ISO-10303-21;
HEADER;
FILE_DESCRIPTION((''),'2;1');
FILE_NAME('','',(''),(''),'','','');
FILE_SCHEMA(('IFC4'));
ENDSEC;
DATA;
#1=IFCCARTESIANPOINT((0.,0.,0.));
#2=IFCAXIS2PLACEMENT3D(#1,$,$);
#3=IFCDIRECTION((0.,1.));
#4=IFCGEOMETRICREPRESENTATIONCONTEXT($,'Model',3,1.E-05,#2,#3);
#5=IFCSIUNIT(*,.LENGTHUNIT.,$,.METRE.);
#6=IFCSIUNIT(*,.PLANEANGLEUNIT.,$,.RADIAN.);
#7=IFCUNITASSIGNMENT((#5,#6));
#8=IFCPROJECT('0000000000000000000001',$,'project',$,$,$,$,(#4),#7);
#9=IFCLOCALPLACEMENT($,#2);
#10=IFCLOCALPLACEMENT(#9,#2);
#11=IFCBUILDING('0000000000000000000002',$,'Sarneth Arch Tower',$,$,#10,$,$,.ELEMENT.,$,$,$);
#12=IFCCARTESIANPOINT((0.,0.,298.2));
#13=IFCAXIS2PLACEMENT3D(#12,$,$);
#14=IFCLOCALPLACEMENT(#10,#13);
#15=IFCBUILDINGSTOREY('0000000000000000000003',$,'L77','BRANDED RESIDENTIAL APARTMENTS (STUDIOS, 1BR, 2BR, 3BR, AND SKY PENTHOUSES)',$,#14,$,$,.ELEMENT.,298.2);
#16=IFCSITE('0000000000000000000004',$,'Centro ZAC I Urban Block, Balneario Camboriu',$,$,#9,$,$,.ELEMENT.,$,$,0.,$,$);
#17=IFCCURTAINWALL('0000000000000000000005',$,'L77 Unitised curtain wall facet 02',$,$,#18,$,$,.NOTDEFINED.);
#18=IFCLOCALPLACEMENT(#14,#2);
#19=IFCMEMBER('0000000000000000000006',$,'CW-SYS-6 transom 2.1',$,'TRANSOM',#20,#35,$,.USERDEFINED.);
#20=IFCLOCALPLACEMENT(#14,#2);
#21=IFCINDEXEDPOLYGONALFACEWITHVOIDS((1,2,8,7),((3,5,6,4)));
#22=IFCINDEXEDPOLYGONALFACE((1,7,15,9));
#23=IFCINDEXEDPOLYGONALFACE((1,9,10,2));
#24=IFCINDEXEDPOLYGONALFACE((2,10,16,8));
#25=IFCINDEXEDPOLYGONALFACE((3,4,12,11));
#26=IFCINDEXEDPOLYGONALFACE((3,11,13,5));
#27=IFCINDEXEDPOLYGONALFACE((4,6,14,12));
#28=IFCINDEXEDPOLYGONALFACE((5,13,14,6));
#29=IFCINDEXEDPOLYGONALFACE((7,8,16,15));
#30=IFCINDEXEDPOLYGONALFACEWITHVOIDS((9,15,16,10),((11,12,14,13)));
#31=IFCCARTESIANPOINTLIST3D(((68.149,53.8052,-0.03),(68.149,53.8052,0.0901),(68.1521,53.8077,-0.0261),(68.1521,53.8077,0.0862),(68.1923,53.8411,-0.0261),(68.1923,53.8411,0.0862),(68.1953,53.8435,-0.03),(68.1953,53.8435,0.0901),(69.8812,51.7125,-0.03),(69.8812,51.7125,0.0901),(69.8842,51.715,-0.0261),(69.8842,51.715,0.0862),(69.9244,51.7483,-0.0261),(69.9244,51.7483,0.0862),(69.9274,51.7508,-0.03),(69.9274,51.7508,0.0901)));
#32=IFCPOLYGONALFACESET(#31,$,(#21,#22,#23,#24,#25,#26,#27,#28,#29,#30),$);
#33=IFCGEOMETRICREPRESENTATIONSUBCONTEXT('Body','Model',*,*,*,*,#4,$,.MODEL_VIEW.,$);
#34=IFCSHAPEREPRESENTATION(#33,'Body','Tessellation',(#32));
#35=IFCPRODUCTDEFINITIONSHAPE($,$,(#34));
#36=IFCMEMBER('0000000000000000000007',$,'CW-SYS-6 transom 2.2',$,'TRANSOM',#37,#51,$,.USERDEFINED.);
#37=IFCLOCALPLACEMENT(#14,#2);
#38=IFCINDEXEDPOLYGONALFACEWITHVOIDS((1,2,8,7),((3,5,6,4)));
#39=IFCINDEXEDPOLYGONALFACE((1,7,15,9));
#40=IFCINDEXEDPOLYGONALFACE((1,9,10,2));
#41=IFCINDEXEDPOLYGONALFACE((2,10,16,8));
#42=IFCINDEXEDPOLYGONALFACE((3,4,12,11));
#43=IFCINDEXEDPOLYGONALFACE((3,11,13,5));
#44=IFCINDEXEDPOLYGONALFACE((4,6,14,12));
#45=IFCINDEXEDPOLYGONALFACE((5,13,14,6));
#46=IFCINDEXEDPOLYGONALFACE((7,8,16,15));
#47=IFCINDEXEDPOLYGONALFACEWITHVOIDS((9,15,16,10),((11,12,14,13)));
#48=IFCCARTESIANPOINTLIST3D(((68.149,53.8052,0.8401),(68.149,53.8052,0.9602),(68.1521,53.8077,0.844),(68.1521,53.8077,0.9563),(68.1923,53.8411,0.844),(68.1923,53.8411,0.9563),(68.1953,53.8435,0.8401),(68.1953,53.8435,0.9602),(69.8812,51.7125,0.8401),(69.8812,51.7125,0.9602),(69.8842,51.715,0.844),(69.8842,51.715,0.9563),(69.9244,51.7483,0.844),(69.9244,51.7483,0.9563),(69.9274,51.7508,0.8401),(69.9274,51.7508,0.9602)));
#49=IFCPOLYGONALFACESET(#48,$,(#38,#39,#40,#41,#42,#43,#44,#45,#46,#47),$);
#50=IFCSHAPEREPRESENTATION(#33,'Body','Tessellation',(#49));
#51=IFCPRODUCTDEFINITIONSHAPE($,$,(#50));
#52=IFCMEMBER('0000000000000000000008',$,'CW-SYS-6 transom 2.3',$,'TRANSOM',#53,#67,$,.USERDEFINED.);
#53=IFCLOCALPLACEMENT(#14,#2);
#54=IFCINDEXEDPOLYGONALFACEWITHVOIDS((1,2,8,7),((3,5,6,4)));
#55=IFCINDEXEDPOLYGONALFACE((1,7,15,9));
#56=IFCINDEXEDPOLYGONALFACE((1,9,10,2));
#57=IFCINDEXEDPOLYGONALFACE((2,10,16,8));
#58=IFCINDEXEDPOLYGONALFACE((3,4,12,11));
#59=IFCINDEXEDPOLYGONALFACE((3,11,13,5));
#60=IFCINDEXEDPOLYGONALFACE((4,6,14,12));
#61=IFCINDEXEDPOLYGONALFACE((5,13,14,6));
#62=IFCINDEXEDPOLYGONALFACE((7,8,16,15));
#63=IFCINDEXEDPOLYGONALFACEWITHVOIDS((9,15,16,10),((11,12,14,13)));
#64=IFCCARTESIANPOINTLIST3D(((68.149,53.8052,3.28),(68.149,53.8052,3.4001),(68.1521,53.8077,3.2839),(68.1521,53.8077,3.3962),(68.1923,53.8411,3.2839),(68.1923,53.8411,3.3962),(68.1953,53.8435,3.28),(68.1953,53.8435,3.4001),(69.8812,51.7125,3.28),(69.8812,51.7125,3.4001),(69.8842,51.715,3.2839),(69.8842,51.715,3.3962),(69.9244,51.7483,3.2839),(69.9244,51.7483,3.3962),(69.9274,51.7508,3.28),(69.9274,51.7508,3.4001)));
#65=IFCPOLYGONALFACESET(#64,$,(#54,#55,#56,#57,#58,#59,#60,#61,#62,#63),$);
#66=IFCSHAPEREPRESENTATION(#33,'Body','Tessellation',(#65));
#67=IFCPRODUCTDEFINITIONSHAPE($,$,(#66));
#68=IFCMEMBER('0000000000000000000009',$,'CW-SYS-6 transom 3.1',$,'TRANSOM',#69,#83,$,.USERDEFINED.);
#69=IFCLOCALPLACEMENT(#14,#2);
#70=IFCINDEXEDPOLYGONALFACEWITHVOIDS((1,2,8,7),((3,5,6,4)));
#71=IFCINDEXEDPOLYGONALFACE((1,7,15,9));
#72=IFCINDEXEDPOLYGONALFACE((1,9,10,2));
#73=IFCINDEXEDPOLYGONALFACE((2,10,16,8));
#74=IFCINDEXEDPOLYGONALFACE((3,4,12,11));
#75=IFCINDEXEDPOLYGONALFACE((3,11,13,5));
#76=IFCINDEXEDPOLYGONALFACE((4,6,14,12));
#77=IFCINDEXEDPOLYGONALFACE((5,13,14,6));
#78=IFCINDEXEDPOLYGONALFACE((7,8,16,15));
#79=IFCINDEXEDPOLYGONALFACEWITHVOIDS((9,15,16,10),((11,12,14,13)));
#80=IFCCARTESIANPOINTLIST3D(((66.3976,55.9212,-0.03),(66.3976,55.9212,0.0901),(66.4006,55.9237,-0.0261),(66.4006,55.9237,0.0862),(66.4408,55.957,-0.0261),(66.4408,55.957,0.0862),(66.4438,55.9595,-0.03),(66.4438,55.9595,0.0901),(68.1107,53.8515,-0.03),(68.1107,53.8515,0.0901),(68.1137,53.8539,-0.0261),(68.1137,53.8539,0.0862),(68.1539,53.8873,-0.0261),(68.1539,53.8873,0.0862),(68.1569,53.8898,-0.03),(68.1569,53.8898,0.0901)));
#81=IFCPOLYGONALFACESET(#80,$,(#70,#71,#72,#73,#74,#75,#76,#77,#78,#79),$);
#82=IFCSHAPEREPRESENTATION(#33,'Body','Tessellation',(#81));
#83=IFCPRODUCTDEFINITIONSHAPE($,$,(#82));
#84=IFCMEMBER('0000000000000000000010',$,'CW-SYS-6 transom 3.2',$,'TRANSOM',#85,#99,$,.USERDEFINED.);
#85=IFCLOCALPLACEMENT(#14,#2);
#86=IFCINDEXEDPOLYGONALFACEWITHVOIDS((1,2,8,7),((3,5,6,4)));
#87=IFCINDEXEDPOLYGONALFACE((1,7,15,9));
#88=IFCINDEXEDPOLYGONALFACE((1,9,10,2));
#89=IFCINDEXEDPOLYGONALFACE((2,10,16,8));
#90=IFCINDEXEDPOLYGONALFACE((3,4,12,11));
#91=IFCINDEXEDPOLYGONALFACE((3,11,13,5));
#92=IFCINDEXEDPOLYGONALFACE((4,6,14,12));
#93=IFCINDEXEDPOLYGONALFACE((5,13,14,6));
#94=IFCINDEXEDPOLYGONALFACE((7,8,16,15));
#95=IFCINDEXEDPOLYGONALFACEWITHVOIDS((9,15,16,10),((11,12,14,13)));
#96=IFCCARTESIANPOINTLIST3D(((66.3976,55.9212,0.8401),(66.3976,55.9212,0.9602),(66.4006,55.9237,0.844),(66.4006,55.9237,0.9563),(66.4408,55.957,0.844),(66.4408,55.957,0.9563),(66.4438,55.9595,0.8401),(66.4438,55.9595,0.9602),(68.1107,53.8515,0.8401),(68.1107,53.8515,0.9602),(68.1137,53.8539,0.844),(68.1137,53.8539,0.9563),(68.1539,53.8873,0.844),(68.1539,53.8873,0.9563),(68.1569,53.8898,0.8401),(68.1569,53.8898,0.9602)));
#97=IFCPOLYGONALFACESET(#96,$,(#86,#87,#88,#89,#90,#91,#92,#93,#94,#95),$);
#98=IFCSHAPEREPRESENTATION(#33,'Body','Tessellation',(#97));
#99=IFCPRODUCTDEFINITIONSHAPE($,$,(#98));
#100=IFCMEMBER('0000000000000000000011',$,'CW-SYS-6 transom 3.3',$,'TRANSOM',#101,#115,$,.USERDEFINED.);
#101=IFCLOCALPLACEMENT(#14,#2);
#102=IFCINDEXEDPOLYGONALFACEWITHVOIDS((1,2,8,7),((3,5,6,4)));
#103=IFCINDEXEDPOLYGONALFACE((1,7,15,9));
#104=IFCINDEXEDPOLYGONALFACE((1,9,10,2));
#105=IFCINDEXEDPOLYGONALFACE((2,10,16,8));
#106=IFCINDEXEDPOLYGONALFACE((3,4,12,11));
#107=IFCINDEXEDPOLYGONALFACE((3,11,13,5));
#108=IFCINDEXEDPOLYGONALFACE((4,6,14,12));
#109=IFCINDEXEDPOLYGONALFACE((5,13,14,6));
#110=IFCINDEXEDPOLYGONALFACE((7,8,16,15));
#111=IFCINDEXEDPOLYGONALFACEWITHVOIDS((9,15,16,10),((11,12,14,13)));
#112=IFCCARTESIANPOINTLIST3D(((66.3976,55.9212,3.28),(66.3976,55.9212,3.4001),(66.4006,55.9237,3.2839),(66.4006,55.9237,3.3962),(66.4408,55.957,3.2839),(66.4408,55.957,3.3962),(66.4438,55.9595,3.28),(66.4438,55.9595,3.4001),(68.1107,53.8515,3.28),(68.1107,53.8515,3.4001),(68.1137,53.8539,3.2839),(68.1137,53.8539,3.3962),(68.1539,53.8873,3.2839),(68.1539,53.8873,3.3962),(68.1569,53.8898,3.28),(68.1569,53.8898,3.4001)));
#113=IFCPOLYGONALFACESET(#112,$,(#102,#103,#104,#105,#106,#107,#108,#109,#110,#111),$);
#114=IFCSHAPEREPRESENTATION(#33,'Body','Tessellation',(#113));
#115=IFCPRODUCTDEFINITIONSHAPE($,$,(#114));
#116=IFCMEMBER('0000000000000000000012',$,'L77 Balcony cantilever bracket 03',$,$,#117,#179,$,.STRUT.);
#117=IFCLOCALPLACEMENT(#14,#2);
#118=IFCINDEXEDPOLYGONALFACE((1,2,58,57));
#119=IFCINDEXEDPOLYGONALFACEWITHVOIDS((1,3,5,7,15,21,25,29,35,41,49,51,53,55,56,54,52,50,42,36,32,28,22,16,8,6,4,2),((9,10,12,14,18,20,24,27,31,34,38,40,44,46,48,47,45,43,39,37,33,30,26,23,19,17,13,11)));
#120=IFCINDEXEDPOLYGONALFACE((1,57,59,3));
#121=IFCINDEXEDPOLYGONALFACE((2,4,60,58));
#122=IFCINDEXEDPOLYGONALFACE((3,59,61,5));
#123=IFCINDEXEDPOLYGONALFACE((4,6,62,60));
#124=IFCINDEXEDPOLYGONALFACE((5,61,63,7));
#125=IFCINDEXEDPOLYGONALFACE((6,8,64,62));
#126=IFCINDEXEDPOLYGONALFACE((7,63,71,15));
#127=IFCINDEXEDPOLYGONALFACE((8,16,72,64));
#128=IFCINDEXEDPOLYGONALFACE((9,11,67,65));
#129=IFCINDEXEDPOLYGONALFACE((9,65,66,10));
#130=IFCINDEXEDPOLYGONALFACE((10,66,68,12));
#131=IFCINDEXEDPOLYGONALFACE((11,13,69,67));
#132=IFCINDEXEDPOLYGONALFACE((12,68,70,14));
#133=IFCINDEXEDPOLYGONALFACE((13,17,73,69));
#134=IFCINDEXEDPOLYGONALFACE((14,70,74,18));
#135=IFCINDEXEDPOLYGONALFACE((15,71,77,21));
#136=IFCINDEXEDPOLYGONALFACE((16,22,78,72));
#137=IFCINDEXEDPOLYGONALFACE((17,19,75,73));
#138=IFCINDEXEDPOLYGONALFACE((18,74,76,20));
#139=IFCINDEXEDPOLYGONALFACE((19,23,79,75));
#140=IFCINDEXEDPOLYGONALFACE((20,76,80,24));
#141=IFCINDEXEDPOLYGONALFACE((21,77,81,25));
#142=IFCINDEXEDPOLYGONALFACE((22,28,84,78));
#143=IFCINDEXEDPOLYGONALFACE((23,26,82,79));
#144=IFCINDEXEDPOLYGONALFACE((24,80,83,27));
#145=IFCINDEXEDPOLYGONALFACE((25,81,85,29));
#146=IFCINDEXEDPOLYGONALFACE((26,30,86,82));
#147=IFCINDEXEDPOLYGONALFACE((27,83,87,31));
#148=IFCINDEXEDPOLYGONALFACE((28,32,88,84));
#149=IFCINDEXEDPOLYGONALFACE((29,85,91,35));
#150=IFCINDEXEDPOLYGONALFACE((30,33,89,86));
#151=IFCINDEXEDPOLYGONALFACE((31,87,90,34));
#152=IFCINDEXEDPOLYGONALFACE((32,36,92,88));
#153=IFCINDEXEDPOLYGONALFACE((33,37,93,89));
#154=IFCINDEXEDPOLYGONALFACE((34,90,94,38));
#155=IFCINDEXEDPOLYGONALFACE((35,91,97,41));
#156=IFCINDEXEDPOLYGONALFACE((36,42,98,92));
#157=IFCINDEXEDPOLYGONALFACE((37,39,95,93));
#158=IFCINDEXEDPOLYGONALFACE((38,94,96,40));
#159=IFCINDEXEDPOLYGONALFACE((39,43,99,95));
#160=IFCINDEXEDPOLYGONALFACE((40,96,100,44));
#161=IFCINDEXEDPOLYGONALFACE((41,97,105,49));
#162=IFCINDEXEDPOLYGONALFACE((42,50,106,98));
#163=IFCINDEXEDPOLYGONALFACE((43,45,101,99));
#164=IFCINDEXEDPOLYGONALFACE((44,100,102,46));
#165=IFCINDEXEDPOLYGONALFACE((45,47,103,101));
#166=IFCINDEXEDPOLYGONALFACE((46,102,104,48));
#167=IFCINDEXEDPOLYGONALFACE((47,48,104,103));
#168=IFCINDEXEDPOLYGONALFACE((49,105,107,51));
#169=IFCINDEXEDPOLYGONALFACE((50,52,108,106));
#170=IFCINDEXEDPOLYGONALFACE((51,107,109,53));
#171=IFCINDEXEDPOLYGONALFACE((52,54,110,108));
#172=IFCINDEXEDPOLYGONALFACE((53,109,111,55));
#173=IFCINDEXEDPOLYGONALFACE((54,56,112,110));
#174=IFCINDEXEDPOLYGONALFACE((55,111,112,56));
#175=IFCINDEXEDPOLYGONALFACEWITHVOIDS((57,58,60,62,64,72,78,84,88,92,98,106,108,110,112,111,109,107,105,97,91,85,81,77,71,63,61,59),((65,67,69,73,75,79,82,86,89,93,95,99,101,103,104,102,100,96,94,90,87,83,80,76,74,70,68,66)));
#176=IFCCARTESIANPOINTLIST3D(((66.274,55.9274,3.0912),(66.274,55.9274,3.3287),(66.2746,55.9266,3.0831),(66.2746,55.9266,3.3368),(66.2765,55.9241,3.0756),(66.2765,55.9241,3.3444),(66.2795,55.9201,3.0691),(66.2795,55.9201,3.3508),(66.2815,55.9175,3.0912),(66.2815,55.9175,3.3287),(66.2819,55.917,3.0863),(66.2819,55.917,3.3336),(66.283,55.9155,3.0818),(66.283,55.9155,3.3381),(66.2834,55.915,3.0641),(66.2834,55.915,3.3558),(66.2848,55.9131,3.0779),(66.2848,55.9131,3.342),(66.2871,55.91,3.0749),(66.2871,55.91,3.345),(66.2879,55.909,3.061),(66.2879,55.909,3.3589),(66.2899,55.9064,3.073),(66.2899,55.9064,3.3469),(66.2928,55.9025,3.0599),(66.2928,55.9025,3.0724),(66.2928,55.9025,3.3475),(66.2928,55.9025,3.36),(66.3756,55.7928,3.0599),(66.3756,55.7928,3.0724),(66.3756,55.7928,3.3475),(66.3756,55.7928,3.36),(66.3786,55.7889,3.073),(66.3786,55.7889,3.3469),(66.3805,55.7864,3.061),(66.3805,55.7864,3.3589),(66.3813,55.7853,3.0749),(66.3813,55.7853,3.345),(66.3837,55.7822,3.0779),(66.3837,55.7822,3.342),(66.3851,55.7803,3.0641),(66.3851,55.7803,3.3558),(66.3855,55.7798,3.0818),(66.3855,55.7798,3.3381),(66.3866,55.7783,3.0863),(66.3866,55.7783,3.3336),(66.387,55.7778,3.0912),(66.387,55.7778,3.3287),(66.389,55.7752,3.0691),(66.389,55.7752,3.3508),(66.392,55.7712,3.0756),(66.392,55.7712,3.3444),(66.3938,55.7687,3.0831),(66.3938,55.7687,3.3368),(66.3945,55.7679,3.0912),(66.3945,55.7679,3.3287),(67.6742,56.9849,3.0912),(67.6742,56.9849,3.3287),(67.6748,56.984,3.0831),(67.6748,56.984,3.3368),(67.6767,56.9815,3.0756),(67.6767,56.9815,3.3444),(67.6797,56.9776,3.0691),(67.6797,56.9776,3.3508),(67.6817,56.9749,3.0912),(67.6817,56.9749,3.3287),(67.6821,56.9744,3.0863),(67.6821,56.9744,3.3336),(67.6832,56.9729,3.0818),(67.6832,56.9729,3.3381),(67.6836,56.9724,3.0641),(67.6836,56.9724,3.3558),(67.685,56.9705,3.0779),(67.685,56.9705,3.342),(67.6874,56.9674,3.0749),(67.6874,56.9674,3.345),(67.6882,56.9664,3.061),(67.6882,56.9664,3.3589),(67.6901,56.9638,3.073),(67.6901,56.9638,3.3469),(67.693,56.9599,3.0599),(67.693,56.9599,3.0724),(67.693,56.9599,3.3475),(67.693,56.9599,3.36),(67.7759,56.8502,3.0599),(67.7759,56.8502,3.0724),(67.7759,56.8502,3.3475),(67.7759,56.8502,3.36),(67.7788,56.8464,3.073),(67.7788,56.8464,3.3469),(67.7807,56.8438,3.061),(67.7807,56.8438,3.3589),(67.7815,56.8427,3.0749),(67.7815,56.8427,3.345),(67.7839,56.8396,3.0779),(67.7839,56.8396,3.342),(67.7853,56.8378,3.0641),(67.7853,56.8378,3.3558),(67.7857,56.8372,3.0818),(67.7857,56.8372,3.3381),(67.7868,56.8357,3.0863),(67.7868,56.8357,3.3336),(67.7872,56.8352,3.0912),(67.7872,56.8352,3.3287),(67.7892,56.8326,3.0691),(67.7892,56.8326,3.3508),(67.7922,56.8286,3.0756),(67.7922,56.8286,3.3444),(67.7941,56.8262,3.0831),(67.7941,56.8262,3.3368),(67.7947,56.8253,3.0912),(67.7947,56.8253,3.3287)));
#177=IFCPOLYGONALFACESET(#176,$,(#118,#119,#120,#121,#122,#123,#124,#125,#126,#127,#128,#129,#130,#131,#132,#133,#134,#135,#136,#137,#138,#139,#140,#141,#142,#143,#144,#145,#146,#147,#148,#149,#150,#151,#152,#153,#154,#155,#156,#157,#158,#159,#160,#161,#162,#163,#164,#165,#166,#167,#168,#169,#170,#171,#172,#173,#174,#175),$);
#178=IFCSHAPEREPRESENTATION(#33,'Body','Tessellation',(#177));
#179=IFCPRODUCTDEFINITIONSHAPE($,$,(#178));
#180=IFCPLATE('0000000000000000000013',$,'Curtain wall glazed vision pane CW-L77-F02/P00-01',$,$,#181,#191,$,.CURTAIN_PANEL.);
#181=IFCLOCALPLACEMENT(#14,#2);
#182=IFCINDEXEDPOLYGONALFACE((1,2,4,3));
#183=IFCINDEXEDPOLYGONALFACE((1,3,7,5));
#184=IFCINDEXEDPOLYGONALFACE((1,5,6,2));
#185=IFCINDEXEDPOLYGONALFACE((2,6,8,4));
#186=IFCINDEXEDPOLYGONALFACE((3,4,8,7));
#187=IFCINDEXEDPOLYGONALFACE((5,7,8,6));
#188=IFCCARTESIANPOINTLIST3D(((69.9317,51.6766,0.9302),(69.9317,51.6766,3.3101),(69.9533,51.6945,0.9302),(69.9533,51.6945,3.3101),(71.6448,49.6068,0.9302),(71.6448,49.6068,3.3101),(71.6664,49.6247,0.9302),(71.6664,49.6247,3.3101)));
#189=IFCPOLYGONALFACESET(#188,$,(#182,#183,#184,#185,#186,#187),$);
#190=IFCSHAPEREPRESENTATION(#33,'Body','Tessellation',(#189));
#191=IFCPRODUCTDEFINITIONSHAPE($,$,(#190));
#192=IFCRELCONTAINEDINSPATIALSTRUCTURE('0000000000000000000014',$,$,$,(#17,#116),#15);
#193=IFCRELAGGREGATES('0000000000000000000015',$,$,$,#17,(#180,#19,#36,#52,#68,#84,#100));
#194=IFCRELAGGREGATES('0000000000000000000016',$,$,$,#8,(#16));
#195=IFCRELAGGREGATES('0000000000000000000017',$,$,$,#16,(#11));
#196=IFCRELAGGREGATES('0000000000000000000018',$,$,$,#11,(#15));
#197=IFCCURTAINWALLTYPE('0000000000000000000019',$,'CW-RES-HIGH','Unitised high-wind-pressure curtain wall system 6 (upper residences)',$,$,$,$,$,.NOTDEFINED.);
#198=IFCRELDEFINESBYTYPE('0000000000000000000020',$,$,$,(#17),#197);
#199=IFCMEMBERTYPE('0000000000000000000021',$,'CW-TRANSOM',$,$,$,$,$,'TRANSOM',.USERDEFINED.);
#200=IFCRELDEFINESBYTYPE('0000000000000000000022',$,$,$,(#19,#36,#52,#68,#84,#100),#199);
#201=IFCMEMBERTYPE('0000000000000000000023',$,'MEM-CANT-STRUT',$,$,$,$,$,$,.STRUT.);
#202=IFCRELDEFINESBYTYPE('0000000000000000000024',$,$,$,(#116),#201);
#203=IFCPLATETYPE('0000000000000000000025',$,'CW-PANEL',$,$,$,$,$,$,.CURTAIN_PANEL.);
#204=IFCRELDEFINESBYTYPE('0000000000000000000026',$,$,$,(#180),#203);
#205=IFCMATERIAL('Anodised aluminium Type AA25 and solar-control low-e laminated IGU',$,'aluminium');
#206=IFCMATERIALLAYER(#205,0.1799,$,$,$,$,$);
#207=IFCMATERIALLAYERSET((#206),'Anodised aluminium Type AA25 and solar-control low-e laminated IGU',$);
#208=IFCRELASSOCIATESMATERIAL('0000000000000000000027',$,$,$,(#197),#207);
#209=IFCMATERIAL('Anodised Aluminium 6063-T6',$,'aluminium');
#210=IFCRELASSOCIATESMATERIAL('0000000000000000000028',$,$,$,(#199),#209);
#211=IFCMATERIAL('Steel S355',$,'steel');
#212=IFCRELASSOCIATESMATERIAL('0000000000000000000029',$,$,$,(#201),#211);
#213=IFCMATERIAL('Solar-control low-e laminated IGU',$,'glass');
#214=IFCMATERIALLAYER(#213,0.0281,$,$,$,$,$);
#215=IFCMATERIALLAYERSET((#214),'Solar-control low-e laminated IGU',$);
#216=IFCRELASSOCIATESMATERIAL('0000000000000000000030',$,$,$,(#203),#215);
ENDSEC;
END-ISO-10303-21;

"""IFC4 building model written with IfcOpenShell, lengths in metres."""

from ifc_helpers import new_model, si_unit, direction, frame, origin, origin_2d, place, context, subcontext, project, spatial, rectangle, hollow_rectangle, extrude, material, layer, layer_set, material_profile, profile_set, type_object, element, aggregate, save


model = new_model("IFC4")

# Units and contexts
model_context = context("Model", 3, precision=1e-05, world=origin(), true_north=direction((0.0, 1.0)))
body_context = subcontext(model_context, "Body", "Model", "MODEL_VIEW")
ifc_project = project(units=[si_unit("LENGTHUNIT", "METRE"), si_unit("PLANEANGLEUNIT", "RADIAN")], contexts=[model_context])

# Site, building, storey
site_placement = place(None, origin())
site = spatial("IfcSite", under=ifc_project, at=site_placement, Name="Centro ZAC I Urban Block, Balneario Camboriu", CompositionType="ELEMENT", RefElevation=0.0)
building_placement = place(site_placement, origin())
building = spatial("IfcBuilding", under=site, at=building_placement, Name="Sarneth Arch Tower", CompositionType="ELEMENT")
storey_placement = place(building_placement, frame((0.0, 0.0, 298.2)))
storey = spatial("IfcBuildingStorey", under=building, at=storey_placement, Name="L77", Description="BRANDED RESIDENTIAL APARTMENTS (STUDIOS, 1BR, 2BR, 3BR, AND SKY PENTHOUSES)", CompositionType="ELEMENT", Elevation=298.2)

# Curtain wall, members
ifc_material_1 = material(Name="Anodised aluminium Type AA25 and solar-control low-e laminated IGU", Category="aluminium")
ifc_layer_1 = layer(ifc_material_1, 0.1799)
ifc_layer_set_1 = layer_set([ifc_layer_1], Name="Anodised aluminium Type AA25 and solar-control low-e laminated IGU")
curtain_wall_type = type_object("IfcCurtainWallType", Name="CW-RES-HIGH", Description="Unitised high-wind-pressure curtain wall system 6 (upper residences)", PredefinedType="NOTDEFINED", material=ifc_layer_set_1)
curtain_wall_placement = place(storey_placement, origin())
curtain_wall = element("IfcCurtainWall", 1, at=curtain_wall_placement, inside=storey, type_object=curtain_wall_type, Name="L77 Unitised curtain wall facet 02", PredefinedType="NOTDEFINED")
ifc_material_2 = material(Name="Anodised Aluminium 6063-T6", Category="aluminium")
ifc_material_profile_1 = material_profile(ifc_material_2, hollow_rectangle(XDim=0.0601, YDim=0.1201, WallThickness=0.0039, at=origin_2d()), Name="AL-TRAN-120x60x4")
ifc_profile_set_1 = profile_set([ifc_material_profile_1], Name="Anodised Aluminium 6063-T6")
member_type_1 = type_object("IfcMemberType", Name="CW-TRANSOM", ElementType="TRANSOM", PredefinedType="USERDEFINED", material=ifc_profile_set_1)
member_1_placement = place(storey_placement, frame((69.9043, 51.7317, 0.03), z_axis=(-0.637617, 0.770353, 0.0), x_axis=(-0.770353, -0.637617, 0.0)))
member_1 = element("IfcMember", 2, at=member_1_placement, type_object=member_type_1, Name="CW-SYS-6 transom 2.1", ObjectType="TRANSOM", PredefinedType="USERDEFINED", context=body_context, shape_type="SweptSolid", body=[
    extrude(hollow_rectangle(XDim=0.0601, YDim=0.1201, WallThickness=0.0039, at=origin_2d()), origin(), (0.0, 0.0, 1.0), 2.7166),
])
member_2_placement = place(storey_placement, frame((69.9043, 51.7317, 0.9001), z_axis=(-0.637617, 0.770353, 0.0), x_axis=(-0.770353, -0.637617, 0.0)))
member_2 = element("IfcMember", 3, at=member_2_placement, type_object=member_type_1, Name="CW-SYS-6 transom 2.2", ObjectType="TRANSOM", PredefinedType="USERDEFINED", context=body_context, shape_type="SweptSolid", body=[
    extrude(hollow_rectangle(XDim=0.0601, YDim=0.1201, WallThickness=0.0039, at=origin_2d()), origin(), (0.0, 0.0, 1.0), 2.7166),
])
member_3_placement = place(storey_placement, frame((69.9043, 51.7317, 3.3401), z_axis=(-0.637617, 0.770353, 0.0), x_axis=(-0.770353, -0.637617, 0.0)))
member_3 = element("IfcMember", 4, at=member_3_placement, type_object=member_type_1, Name="CW-SYS-6 transom 2.3", ObjectType="TRANSOM", PredefinedType="USERDEFINED", context=body_context, shape_type="SweptSolid", body=[
    extrude(hollow_rectangle(XDim=0.0601, YDim=0.1201, WallThickness=0.0039, at=origin_2d()), origin(), (0.0, 0.0, 1.0), 2.7166),
])
member_4_placement = place(storey_placement, frame((68.1338, 53.8706, 0.03), z_axis=(-0.637607, 0.770362, 0.0), x_axis=(-0.770362, -0.637607, 0.0)))
member_4 = element("IfcMember", 5, at=member_4_placement, type_object=member_type_1, Name="CW-SYS-6 transom 3.1", ObjectType="TRANSOM", PredefinedType="USERDEFINED", context=body_context, shape_type="SweptSolid", body=[
    extrude(hollow_rectangle(XDim=0.0601, YDim=0.1201, WallThickness=0.0039, at=origin_2d()), origin(), (0.0, 0.0, 1.0), 2.6868),
])
member_5_placement = place(storey_placement, frame((68.1338, 53.8706, 0.9001), z_axis=(-0.637607, 0.770362, 0.0), x_axis=(-0.770362, -0.637607, 0.0)))
member_5 = element("IfcMember", 6, at=member_5_placement, type_object=member_type_1, Name="CW-SYS-6 transom 3.2", ObjectType="TRANSOM", PredefinedType="USERDEFINED", context=body_context, shape_type="SweptSolid", body=[
    extrude(hollow_rectangle(XDim=0.0601, YDim=0.1201, WallThickness=0.0039, at=origin_2d()), origin(), (0.0, 0.0, 1.0), 2.6868),
])
member_6_placement = place(storey_placement, frame((68.1338, 53.8706, 3.3401), z_axis=(-0.637607, 0.770362, 0.0), x_axis=(-0.770362, -0.637607, 0.0)))
member_6 = element("IfcMember", 7, at=member_6_placement, type_object=member_type_1, Name="CW-SYS-6 transom 3.3", ObjectType="TRANSOM", PredefinedType="USERDEFINED", context=body_context, shape_type="SweptSolid", body=[
    extrude(hollow_rectangle(XDim=0.0601, YDim=0.1201, WallThickness=0.0039, at=origin_2d()), origin(), (0.0, 0.0, 1.0), 2.6868),
])

# Member
ifc_material_3 = material(Name="Steel S355", Category="steel")
ifc_material_profile_2 = material_profile(ifc_material_3, hollow_rectangle(XDim=0.2, YDim=0.3, WallThickness=0.0125, InnerFilletRadius=0.0188, OuterFilletRadius=0.0312, at=origin_2d()), Name="RHS300x200x12.5")
ifc_profile_set_2 = profile_set([ifc_material_profile_2], Name="Steel S355")
member_type_2 = type_object("IfcMemberType", Name="MEM-CANT-STRUT", PredefinedType="STRUT", material=ifc_profile_set_2)
member_7_placement = place(storey_placement, frame((66.3342, 55.8477, 3.21), z_axis=(0.798009, 0.602646, 0.0), x_axis=(-0.602646, 0.798009, 0.0)))
element("IfcMember", 8, at=member_7_placement, inside=storey, type_object=member_type_2, Name="L77 Balcony cantilever bracket 03", PredefinedType="STRUT", context=body_context, shape_type="SweptSolid", body=[
    extrude(hollow_rectangle(XDim=0.2, YDim=0.3, WallThickness=0.0125, InnerFilletRadius=0.0188, OuterFilletRadius=0.0312, at=origin_2d()), origin(), (0.0, 0.0, 1.0), 1.7546),
])

# Plate
ifc_material_4 = material(Name="Solar-control low-e laminated IGU", Category="glass")
ifc_layer_2 = layer(ifc_material_4, 0.0281)
ifc_layer_set_2 = layer_set([ifc_layer_2], Name="Solar-control low-e laminated IGU")
plate_type_1 = type_object("IfcPlateType", Name="CW-PANEL", PredefinedType="CURTAIN_PANEL", material=ifc_layer_set_2)
plate_1_placement = place(storey_placement, frame((70.7991, 50.6506, 0.9302), z_axis=(0.0, 0.0, 1.0), x_axis=(-0.63761, 0.770359, 0.0)))
plate_1 = element("IfcPlate", 9, at=plate_1_placement, type_object=plate_type_1, Name="Curtain wall glazed vision pane CW-L77-F02/P00-01", PredefinedType="CURTAIN_PANEL", context=body_context, shape_type="SweptSolid", body=[
    extrude(rectangle(XDim=2.6868, YDim=0.0281, at=origin_2d()), origin(), (0.0, 0.0, 1.0), 2.3799),
])
aggregate(curtain_wall, [plate_1, member_1, member_2, member_3, member_4, member_5, member_6])

save(model, "model.ifc")
